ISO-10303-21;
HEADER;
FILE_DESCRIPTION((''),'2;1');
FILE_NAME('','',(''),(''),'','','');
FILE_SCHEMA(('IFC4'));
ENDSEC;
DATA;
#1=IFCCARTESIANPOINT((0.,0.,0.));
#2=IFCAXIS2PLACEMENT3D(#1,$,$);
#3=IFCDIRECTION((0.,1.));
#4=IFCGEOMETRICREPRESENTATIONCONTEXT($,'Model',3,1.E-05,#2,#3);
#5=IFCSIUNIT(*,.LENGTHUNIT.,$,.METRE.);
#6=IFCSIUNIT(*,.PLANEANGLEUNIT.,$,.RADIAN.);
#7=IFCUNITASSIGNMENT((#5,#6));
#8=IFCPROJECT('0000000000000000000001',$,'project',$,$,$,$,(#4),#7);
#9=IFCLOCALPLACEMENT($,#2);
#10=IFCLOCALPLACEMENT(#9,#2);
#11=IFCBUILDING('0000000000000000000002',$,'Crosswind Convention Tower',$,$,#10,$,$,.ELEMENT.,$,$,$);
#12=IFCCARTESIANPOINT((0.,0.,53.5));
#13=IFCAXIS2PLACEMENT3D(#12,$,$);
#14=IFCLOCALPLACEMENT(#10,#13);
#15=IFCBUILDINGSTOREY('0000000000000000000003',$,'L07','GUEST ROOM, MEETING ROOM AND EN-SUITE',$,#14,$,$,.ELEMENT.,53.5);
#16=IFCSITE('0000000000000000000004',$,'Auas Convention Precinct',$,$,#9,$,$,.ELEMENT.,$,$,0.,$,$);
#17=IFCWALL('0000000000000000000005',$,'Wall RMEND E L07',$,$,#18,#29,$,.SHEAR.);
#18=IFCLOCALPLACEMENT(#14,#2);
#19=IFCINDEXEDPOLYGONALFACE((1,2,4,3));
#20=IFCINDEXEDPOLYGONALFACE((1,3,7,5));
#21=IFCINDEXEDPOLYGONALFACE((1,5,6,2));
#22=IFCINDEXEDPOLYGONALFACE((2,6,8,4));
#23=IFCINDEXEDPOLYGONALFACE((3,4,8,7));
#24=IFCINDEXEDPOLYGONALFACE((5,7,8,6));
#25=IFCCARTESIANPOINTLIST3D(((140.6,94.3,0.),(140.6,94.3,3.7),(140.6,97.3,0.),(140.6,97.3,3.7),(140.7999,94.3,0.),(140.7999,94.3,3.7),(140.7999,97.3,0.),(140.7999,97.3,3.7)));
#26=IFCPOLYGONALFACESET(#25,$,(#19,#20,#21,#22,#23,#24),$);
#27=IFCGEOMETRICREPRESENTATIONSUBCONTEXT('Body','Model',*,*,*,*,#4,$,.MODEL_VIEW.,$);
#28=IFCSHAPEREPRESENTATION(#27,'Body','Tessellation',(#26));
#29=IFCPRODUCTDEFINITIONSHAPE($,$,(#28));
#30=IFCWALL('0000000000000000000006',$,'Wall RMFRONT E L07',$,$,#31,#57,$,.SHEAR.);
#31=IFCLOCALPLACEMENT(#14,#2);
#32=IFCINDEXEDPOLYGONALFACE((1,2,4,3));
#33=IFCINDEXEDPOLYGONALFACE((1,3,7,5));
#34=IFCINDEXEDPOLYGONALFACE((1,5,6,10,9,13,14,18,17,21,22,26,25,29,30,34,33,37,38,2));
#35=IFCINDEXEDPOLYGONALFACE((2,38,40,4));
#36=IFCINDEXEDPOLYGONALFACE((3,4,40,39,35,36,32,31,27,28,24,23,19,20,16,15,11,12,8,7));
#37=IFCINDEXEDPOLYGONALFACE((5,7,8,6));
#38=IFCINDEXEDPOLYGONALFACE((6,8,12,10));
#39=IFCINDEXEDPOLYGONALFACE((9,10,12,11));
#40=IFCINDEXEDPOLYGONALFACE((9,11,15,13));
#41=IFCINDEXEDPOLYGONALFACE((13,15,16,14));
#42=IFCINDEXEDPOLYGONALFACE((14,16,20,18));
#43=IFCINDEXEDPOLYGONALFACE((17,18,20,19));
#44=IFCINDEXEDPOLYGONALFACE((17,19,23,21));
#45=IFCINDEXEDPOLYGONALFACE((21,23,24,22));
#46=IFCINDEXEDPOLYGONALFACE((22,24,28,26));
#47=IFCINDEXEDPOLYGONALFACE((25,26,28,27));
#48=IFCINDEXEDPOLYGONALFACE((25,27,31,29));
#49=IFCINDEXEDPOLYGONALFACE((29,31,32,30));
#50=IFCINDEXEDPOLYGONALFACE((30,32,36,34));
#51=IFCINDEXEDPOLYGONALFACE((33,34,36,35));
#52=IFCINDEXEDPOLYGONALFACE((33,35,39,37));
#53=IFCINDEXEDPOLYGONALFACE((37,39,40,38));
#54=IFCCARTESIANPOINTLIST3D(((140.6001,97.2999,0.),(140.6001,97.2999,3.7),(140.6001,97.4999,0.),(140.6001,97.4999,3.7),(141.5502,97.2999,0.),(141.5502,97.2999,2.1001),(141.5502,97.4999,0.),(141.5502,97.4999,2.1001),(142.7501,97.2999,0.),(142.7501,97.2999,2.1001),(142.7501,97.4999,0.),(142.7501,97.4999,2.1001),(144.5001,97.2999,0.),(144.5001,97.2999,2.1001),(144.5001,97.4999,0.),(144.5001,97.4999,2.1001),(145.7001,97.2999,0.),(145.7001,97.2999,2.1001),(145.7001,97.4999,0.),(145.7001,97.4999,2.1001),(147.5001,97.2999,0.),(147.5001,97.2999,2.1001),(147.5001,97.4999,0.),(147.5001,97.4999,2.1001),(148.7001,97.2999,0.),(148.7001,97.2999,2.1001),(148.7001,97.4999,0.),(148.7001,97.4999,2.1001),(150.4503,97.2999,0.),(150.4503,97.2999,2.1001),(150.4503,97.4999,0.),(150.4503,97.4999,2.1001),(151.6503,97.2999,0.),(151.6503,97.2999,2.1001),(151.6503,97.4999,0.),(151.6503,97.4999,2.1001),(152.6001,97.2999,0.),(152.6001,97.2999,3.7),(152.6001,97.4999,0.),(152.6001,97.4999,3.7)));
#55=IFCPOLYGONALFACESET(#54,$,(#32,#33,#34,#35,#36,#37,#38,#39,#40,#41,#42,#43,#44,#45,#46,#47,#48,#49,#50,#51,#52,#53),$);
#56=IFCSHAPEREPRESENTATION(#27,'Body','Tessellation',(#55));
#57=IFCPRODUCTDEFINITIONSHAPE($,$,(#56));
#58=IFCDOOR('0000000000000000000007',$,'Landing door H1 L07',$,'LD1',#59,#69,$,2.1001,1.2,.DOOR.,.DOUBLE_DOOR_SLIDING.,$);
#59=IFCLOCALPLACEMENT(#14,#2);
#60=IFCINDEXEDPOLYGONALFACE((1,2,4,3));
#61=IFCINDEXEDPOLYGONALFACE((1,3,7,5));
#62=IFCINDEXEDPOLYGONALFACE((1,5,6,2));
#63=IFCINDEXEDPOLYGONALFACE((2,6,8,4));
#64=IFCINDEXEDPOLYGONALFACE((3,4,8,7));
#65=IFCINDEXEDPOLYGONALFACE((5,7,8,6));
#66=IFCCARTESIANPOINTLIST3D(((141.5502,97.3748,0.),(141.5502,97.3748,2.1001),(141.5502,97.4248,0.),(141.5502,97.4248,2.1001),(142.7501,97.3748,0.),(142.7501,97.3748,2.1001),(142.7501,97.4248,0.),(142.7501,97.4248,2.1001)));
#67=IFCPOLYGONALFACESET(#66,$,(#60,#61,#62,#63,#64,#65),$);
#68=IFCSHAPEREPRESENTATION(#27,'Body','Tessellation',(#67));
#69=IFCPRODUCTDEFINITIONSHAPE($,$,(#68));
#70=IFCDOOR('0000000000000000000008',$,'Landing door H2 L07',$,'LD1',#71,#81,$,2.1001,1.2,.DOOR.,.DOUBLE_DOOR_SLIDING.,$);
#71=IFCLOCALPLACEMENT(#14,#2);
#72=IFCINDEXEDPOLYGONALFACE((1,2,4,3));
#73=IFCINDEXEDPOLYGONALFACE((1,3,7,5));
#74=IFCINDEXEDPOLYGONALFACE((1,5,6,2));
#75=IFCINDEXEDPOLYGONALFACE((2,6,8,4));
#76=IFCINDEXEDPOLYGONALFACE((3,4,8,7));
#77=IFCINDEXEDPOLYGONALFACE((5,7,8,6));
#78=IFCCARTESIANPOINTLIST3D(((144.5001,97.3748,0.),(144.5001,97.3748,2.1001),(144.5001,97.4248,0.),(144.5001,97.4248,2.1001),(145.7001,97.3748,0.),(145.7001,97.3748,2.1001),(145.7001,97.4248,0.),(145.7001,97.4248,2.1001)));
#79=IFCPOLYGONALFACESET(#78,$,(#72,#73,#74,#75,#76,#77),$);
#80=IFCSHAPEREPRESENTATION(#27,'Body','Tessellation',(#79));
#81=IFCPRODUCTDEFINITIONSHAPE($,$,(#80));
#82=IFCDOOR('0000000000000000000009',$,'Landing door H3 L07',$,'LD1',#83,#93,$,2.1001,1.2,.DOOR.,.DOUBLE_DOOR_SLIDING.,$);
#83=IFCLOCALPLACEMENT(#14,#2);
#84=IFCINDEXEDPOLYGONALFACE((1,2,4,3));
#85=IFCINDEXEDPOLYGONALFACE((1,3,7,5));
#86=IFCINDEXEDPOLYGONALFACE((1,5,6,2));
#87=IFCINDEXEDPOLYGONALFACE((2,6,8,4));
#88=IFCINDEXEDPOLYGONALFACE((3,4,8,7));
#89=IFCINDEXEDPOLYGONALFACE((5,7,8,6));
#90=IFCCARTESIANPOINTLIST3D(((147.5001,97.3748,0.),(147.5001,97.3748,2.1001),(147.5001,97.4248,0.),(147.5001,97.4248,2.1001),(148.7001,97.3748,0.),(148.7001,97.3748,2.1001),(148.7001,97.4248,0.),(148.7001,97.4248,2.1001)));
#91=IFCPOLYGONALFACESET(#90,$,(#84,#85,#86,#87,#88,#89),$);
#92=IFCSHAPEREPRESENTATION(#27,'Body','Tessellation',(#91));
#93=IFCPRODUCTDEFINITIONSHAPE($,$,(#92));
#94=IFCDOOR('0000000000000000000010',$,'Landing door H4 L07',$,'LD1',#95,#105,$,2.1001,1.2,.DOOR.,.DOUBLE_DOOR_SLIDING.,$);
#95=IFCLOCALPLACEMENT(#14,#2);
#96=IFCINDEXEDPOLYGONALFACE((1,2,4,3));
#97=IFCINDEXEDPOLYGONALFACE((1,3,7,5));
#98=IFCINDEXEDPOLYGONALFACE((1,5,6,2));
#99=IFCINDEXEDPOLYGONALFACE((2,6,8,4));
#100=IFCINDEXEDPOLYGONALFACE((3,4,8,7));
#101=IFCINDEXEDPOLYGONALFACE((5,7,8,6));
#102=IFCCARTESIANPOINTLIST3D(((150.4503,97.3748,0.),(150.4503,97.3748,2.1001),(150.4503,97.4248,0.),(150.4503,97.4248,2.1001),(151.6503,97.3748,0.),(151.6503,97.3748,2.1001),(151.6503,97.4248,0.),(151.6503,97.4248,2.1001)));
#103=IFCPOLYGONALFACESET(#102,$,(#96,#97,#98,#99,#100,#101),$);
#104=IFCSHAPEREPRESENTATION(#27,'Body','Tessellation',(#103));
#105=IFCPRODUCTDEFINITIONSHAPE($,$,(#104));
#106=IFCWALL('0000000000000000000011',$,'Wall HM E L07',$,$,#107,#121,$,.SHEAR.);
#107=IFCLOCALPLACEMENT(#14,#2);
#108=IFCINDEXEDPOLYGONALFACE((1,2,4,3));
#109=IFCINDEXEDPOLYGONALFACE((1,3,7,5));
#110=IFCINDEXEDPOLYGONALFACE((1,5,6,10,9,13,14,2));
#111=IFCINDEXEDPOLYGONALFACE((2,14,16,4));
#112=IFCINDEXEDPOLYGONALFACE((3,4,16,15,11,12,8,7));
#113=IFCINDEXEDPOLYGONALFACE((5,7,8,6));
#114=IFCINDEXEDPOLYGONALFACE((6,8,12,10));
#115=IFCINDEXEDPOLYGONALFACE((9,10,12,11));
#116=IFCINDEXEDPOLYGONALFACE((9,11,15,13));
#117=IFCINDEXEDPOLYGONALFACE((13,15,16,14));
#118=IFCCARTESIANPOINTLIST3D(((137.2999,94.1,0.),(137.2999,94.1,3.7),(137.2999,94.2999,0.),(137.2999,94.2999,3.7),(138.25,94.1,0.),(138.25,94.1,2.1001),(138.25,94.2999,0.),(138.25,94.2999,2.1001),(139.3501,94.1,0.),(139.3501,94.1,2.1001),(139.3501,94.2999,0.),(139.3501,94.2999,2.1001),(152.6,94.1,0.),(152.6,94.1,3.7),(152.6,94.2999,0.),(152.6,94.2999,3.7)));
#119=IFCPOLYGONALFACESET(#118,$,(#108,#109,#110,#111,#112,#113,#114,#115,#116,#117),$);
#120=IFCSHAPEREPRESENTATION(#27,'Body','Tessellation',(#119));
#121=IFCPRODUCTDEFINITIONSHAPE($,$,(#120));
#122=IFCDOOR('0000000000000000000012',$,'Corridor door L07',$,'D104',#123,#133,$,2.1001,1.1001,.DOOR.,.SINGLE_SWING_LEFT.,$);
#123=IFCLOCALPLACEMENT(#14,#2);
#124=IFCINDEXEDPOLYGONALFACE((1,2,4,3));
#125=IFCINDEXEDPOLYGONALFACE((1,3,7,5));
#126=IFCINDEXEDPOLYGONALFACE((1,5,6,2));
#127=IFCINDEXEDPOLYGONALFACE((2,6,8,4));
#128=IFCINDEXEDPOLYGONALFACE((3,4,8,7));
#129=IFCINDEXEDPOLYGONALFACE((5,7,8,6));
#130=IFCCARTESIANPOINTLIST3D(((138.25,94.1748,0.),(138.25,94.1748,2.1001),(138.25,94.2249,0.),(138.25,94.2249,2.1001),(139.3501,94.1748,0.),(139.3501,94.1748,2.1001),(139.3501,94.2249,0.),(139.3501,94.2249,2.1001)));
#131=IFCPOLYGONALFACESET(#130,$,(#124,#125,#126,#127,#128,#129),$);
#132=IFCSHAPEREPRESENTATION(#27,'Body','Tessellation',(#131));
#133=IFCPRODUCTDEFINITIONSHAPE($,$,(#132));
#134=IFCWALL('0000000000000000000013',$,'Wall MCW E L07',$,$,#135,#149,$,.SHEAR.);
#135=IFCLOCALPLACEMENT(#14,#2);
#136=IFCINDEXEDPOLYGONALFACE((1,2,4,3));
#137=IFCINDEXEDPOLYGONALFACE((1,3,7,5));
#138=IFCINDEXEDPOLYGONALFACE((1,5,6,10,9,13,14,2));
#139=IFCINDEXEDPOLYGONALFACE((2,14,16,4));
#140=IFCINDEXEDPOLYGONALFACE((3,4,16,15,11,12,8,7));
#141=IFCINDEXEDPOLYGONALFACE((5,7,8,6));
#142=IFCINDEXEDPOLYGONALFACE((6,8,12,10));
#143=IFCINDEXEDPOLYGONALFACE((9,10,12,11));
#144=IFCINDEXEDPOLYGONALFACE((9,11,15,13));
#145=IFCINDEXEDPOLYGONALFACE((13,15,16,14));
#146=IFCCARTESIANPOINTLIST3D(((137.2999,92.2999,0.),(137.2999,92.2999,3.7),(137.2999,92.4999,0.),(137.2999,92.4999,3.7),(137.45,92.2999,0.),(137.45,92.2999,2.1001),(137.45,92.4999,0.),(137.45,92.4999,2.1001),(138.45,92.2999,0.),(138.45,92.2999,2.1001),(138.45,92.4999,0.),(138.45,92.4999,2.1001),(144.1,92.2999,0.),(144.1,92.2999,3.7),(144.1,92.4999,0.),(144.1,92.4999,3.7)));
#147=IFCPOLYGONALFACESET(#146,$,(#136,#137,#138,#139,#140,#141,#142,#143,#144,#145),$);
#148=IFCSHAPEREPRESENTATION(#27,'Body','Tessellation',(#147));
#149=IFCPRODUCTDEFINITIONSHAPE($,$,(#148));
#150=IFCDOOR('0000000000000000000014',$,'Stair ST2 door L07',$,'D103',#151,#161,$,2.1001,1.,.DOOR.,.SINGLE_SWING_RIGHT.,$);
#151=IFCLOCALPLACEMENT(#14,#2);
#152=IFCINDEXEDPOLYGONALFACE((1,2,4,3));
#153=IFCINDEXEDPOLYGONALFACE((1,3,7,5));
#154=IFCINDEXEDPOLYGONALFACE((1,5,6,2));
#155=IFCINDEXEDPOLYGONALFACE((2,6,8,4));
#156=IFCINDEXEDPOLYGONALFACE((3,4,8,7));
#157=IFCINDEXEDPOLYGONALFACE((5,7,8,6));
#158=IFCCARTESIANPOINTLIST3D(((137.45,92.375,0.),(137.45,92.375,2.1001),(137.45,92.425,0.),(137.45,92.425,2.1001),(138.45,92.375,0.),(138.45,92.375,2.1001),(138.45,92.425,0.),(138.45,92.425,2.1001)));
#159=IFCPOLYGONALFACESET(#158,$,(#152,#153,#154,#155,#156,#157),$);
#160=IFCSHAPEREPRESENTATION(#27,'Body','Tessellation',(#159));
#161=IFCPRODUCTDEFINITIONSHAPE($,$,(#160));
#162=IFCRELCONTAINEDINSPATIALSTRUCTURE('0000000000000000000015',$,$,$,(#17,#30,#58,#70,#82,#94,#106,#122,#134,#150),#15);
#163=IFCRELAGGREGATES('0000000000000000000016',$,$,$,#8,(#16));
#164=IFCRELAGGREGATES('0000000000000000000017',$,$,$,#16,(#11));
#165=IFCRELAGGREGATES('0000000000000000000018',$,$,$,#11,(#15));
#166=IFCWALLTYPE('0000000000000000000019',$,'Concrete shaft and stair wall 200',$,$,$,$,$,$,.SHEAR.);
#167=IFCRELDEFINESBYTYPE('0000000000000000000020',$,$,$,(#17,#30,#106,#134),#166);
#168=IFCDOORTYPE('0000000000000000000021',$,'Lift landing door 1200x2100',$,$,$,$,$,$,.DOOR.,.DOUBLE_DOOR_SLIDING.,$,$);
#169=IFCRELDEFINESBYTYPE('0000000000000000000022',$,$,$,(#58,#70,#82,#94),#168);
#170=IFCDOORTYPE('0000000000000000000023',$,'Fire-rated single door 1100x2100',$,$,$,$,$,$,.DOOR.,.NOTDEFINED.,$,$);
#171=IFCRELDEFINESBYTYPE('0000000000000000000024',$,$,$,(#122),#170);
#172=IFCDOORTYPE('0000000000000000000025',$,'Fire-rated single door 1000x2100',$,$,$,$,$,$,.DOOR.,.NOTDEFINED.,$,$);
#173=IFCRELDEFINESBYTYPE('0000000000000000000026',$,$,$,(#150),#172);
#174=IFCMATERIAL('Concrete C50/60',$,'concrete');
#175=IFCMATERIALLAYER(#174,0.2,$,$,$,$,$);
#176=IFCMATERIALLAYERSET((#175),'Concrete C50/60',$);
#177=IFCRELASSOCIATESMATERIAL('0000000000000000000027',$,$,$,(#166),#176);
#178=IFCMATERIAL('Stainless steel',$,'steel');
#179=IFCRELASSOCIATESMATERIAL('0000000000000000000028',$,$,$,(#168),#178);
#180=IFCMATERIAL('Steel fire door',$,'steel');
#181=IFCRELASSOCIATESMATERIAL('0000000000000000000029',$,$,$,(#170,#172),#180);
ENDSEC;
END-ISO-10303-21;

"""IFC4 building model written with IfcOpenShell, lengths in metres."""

from ifc_helpers import new_model, si_unit, direction, frame, frame_2d, origin, place, context, subcontext, project, spatial, rectangle, extrude, material, layer, layer_set, type_object, element, fill, save


model = new_model("IFC4")

# Units and contexts
model_context = context("Model", 3, precision=1e-05, world=origin(), true_north=direction((0.0, 1.0)))
body_context = subcontext(model_context, "Body", "Model", "MODEL_VIEW")
ifc_project = project(units=[si_unit("LENGTHUNIT", "METRE"), si_unit("PLANEANGLEUNIT", "RADIAN")], contexts=[model_context])

# Site, building, storey
site_placement = place(None, origin())
site = spatial("IfcSite", under=ifc_project, at=site_placement, Name="Auas Convention Precinct", CompositionType="ELEMENT", RefElevation=0.0)
building_placement = place(site_placement, origin())
building = spatial("IfcBuilding", under=site, at=building_placement, Name="Crosswind Convention Tower", CompositionType="ELEMENT")
storey_placement = place(building_placement, frame((0.0, 0.0, 53.5)))
storey = spatial("IfcBuildingStorey", under=building, at=storey_placement, Name="L07", Description="GUEST ROOM, MEETING ROOM AND EN-SUITE", CompositionType="ELEMENT", Elevation=53.5)

# Shared definitions
ifc_material_1 = material(Name="Concrete C50/60", Category="concrete")

# Wall
ifc_layer_1 = layer(ifc_material_1, 0.2)
ifc_layer_set_1 = layer_set([ifc_layer_1], Name="Concrete C50/60")
wall_type_1 = type_object("IfcWallType", Name="Concrete shaft and stair wall 200", PredefinedType="SHEAR", material=ifc_layer_set_1)
wall_1_placement = place(storey_placement, frame((140.7, 94.3, 0.0), z_axis=(0.0, 0.0, 1.0), x_axis=(0.0, 1.0, 0.0)))
element("IfcWall", 1, at=wall_1_placement, inside=storey, type_object=wall_type_1, Name="Wall RMEND E L07", PredefinedType="SHEAR", context=body_context, shape_type="SweptSolid", body=[
    extrude(rectangle(XDim=3.0, YDim=0.2, at=frame_2d((1.5, 0.0))), origin(), (0.0, 0.0, 1.0), 3.7),
])

# Wall, openings, doors
wall_2_placement = place(storey_placement, frame((140.6001, 97.3999, 0.0), z_axis=(0.0, 0.0, 1.0), x_axis=(1.0, 0.0, 0.0)))
wall_2 = element("IfcWall", 2, at=wall_2_placement, inside=storey, type_object=wall_type_1, Name="Wall RMFRONT E L07", PredefinedType="SHEAR", context=body_context, shape_type="SweptSolid", body=[
    extrude(rectangle(XDim=12.0, YDim=0.2, at=frame_2d((6.0, 0.0))), origin(), (0.0, 0.0, 1.0), 3.7),
])
opening_1_placement = place(wall_2_placement, frame((0.95, 0.0, 0.0)))
opening_1 = element("IfcOpeningElement", 3, at=opening_1_placement, cuts=wall_2, PredefinedType="OPENING", context=body_context, shape_type="SweptSolid", body=[
    extrude(rectangle(XDim=1.2, YDim=2.1001, at=frame_2d((0.6001, 1.05))), frame((0.0, 0.1099, 0.0), z_axis=(0.0, -1.0, 0.0), x_axis=(1.0, 0.0, 0.0)), (0.0, 0.0, 1.0), 0.22),
])
opening_2_placement = place(wall_2_placement, frame((3.8999, 0.0, 0.0)))
opening_2 = element("IfcOpeningElement", 4, at=opening_2_placement, cuts=wall_2, PredefinedType="OPENING", context=body_context, shape_type="SweptSolid", body=[
    extrude(rectangle(XDim=1.2, YDim=2.1001, at=frame_2d((0.6001, 1.05))), frame((0.0, 0.1099, 0.0), z_axis=(0.0, -1.0, 0.0), x_axis=(1.0, 0.0, 0.0)), (0.0, 0.0, 1.0), 0.22),
])
opening_3_placement = place(wall_2_placement, frame((6.8999, 0.0, 0.0)))
opening_3 = element("IfcOpeningElement", 5, at=opening_3_placement, cuts=wall_2, PredefinedType="OPENING", context=body_context, shape_type="SweptSolid", body=[
    extrude(rectangle(XDim=1.2, YDim=2.1001, at=frame_2d((0.6001, 1.05))), frame((0.0, 0.1099, 0.0), z_axis=(0.0, -1.0, 0.0), x_axis=(1.0, 0.0, 0.0)), (0.0, 0.0, 1.0), 0.22),
])
opening_4_placement = place(wall_2_placement, frame((9.8501, 0.0, 0.0)))
opening_4 = element("IfcOpeningElement", 6, at=opening_4_placement, cuts=wall_2, PredefinedType="OPENING", context=body_context, shape_type="SweptSolid", body=[
    extrude(rectangle(XDim=1.2, YDim=2.1001, at=frame_2d((0.6001, 1.05))), frame((0.0, 0.1099, 0.0), z_axis=(0.0, -1.0, 0.0), x_axis=(1.0, 0.0, 0.0)), (0.0, 0.0, 1.0), 0.22),
])
ifc_material_2 = material(Name="Stainless steel", Category="steel")
door_type_1 = type_object("IfcDoorType", Name="Lift landing door 1200x2100", OperationType="DOUBLE_DOOR_SLIDING", PredefinedType="DOOR", material=ifc_material_2)
door_1_placement = place(opening_1_placement, origin())
door_1 = element("IfcDoor", 7, at=door_1_placement, inside=storey, type_object=door_type_1, Name="Landing door H1 L07", ObjectType="LD1", OperationType="DOUBLE_DOOR_SLIDING", OverallHeight=2.1001, OverallWidth=1.2, PredefinedType="DOOR", context=body_context, shape_type="SweptSolid", body=[
    extrude(rectangle(XDim=1.2, YDim=2.1001, at=frame_2d((0.6001, 1.05))), frame((0.0, 0.0249, 0.0), z_axis=(0.0, -1.0, 0.0), x_axis=(1.0, 0.0, 0.0)), (0.0, 0.0, 1.0), 0.05),
])
fill(opening_1, door_1)
door_2_placement = place(opening_2_placement, origin())
door_2 = element("IfcDoor", 8, at=door_2_placement, inside=storey, type_object=door_type_1, Name="Landing door H2 L07", ObjectType="LD1", OperationType="DOUBLE_DOOR_SLIDING", OverallHeight=2.1001, OverallWidth=1.2, PredefinedType="DOOR", context=body_context, shape_type="SweptSolid", body=[
    extrude(rectangle(XDim=1.2, YDim=2.1001, at=frame_2d((0.6001, 1.05))), frame((0.0, 0.0249, 0.0), z_axis=(0.0, -1.0, 0.0), x_axis=(1.0, 0.0, 0.0)), (0.0, 0.0, 1.0), 0.05),
])
fill(opening_2, door_2)
door_3_placement = place(opening_3_placement, origin())
door_3 = element("IfcDoor", 9, at=door_3_placement, inside=storey, type_object=door_type_1, Name="Landing door H3 L07", ObjectType="LD1", OperationType="DOUBLE_DOOR_SLIDING", OverallHeight=2.1001, OverallWidth=1.2, PredefinedType="DOOR", context=body_context, shape_type="SweptSolid", body=[
    extrude(rectangle(XDim=1.2, YDim=2.1001, at=frame_2d((0.6001, 1.05))), frame((0.0, 0.0249, 0.0), z_axis=(0.0, -1.0, 0.0), x_axis=(1.0, 0.0, 0.0)), (0.0, 0.0, 1.0), 0.05),
])
fill(opening_3, door_3)
door_4_placement = place(opening_4_placement, origin())
door_4 = element("IfcDoor", 10, at=door_4_placement, inside=storey, type_object=door_type_1, Name="Landing door H4 L07", ObjectType="LD1", OperationType="DOUBLE_DOOR_SLIDING", OverallHeight=2.1001, OverallWidth=1.2, PredefinedType="DOOR", context=body_context, shape_type="SweptSolid", body=[
    extrude(rectangle(XDim=1.2, YDim=2.1001, at=frame_2d((0.6001, 1.05))), frame((0.0, 0.0249, 0.0), z_axis=(0.0, -1.0, 0.0), x_axis=(1.0, 0.0, 0.0)), (0.0, 0.0, 1.0), 0.05),
])
fill(opening_4, door_4)

# Walls, openings, doors
wall_3_placement = place(storey_placement, frame((137.3, 94.2, 0.0), z_axis=(0.0, 0.0, 1.0), x_axis=(1.0, 0.0, 0.0)))
wall_3 = element("IfcWall", 11, at=wall_3_placement, inside=storey, type_object=wall_type_1, Name="Wall HM E L07", PredefinedType="SHEAR", context=body_context, shape_type="SweptSolid", body=[
    extrude(rectangle(XDim=15.3, YDim=0.2, at=frame_2d((7.6499, 0.0))), origin(), (0.0, 0.0, 1.0), 3.7),
])
opening_5_placement = place(wall_3_placement, frame((0.95, 0.0, 0.0)))
opening_5 = element("IfcOpeningElement", 12, at=opening_5_placement, cuts=wall_3, PredefinedType="OPENING", context=body_context, shape_type="SweptSolid", body=[
    extrude(rectangle(XDim=1.1001, YDim=2.1001, at=frame_2d((0.55, 1.05))), frame((0.0, 0.1099, 0.0), z_axis=(0.0, -1.0, 0.0), x_axis=(1.0, 0.0, 0.0)), (0.0, 0.0, 1.0), 0.22),
])
ifc_material_3 = material(Name="Steel fire door", Category="steel")
door_type_2 = type_object("IfcDoorType", Name="Fire-rated single door 1100x2100", OperationType="NOTDEFINED", PredefinedType="DOOR", material=ifc_material_3)
door_5_placement = place(opening_5_placement, origin())
door_5 = element("IfcDoor", 13, at=door_5_placement, inside=storey, type_object=door_type_2, Name="Corridor door L07", ObjectType="D104", OperationType="SINGLE_SWING_LEFT", OverallHeight=2.1001, OverallWidth=1.1001, PredefinedType="DOOR", context=body_context, shape_type="SweptSolid", body=[
    extrude(rectangle(XDim=1.1001, YDim=2.1001, at=frame_2d((0.55, 1.05))), frame((0.0, 0.0249, 0.0), z_axis=(0.0, -1.0, 0.0), x_axis=(1.0, 0.0, 0.0)), (0.0, 0.0, 1.0), 0.05),
])
fill(opening_5, door_5)
wall_4_placement = place(storey_placement, frame((137.3, 92.3999, 0.0), z_axis=(0.0, 0.0, 1.0), x_axis=(1.0, 0.0, 0.0)))
wall_4 = element("IfcWall", 14, at=wall_4_placement, inside=storey, type_object=wall_type_1, Name="Wall MCW E L07", PredefinedType="SHEAR", context=body_context, shape_type="SweptSolid", body=[
    extrude(rectangle(XDim=6.8, YDim=0.2, at=frame_2d((3.3999, 0.0))), origin(), (0.0, 0.0, 1.0), 3.7),
])
opening_6_placement = place(wall_4_placement, frame((0.1499, 0.0, 0.0)))
opening_6 = element("IfcOpeningElement", 15, at=opening_6_placement, cuts=wall_4, PredefinedType="OPENING", context=body_context, shape_type="SweptSolid", body=[
    extrude(rectangle(XDim=1.0, YDim=2.1001, at=frame_2d((0.5, 1.05))), frame((0.0, 0.1099, 0.0), z_axis=(0.0, -1.0, 0.0), x_axis=(1.0, 0.0, 0.0)), (0.0, 0.0, 1.0), 0.22),
])
door_type_3 = type_object("IfcDoorType", Name="Fire-rated single door 1000x2100", OperationType="NOTDEFINED", PredefinedType="DOOR", material=ifc_material_3)
door_6_placement = place(opening_6_placement, frame((1.0, 0.0, 0.0), z_axis=(0.0, 0.0, 1.0), x_axis=(-1.0, 0.0, 0.0)))
door_6 = element("IfcDoor", 16, at=door_6_placement, inside=storey, type_object=door_type_3, Name="Stair ST2 door L07", ObjectType="D103", OperationType="SINGLE_SWING_RIGHT", OverallHeight=2.1001, OverallWidth=1.0, PredefinedType="DOOR", context=body_context, shape_type="SweptSolid", body=[
    extrude(rectangle(XDim=1.0, YDim=2.1001, at=frame_2d((0.5, 1.05))), frame((0.0, 0.0249, 0.0), z_axis=(0.0, -1.0, 0.0), x_axis=(1.0, 0.0, 0.0)), (0.0, 0.0, 1.0), 0.05),
])
fill(opening_6, door_6)

save(model, "model.ifc")
